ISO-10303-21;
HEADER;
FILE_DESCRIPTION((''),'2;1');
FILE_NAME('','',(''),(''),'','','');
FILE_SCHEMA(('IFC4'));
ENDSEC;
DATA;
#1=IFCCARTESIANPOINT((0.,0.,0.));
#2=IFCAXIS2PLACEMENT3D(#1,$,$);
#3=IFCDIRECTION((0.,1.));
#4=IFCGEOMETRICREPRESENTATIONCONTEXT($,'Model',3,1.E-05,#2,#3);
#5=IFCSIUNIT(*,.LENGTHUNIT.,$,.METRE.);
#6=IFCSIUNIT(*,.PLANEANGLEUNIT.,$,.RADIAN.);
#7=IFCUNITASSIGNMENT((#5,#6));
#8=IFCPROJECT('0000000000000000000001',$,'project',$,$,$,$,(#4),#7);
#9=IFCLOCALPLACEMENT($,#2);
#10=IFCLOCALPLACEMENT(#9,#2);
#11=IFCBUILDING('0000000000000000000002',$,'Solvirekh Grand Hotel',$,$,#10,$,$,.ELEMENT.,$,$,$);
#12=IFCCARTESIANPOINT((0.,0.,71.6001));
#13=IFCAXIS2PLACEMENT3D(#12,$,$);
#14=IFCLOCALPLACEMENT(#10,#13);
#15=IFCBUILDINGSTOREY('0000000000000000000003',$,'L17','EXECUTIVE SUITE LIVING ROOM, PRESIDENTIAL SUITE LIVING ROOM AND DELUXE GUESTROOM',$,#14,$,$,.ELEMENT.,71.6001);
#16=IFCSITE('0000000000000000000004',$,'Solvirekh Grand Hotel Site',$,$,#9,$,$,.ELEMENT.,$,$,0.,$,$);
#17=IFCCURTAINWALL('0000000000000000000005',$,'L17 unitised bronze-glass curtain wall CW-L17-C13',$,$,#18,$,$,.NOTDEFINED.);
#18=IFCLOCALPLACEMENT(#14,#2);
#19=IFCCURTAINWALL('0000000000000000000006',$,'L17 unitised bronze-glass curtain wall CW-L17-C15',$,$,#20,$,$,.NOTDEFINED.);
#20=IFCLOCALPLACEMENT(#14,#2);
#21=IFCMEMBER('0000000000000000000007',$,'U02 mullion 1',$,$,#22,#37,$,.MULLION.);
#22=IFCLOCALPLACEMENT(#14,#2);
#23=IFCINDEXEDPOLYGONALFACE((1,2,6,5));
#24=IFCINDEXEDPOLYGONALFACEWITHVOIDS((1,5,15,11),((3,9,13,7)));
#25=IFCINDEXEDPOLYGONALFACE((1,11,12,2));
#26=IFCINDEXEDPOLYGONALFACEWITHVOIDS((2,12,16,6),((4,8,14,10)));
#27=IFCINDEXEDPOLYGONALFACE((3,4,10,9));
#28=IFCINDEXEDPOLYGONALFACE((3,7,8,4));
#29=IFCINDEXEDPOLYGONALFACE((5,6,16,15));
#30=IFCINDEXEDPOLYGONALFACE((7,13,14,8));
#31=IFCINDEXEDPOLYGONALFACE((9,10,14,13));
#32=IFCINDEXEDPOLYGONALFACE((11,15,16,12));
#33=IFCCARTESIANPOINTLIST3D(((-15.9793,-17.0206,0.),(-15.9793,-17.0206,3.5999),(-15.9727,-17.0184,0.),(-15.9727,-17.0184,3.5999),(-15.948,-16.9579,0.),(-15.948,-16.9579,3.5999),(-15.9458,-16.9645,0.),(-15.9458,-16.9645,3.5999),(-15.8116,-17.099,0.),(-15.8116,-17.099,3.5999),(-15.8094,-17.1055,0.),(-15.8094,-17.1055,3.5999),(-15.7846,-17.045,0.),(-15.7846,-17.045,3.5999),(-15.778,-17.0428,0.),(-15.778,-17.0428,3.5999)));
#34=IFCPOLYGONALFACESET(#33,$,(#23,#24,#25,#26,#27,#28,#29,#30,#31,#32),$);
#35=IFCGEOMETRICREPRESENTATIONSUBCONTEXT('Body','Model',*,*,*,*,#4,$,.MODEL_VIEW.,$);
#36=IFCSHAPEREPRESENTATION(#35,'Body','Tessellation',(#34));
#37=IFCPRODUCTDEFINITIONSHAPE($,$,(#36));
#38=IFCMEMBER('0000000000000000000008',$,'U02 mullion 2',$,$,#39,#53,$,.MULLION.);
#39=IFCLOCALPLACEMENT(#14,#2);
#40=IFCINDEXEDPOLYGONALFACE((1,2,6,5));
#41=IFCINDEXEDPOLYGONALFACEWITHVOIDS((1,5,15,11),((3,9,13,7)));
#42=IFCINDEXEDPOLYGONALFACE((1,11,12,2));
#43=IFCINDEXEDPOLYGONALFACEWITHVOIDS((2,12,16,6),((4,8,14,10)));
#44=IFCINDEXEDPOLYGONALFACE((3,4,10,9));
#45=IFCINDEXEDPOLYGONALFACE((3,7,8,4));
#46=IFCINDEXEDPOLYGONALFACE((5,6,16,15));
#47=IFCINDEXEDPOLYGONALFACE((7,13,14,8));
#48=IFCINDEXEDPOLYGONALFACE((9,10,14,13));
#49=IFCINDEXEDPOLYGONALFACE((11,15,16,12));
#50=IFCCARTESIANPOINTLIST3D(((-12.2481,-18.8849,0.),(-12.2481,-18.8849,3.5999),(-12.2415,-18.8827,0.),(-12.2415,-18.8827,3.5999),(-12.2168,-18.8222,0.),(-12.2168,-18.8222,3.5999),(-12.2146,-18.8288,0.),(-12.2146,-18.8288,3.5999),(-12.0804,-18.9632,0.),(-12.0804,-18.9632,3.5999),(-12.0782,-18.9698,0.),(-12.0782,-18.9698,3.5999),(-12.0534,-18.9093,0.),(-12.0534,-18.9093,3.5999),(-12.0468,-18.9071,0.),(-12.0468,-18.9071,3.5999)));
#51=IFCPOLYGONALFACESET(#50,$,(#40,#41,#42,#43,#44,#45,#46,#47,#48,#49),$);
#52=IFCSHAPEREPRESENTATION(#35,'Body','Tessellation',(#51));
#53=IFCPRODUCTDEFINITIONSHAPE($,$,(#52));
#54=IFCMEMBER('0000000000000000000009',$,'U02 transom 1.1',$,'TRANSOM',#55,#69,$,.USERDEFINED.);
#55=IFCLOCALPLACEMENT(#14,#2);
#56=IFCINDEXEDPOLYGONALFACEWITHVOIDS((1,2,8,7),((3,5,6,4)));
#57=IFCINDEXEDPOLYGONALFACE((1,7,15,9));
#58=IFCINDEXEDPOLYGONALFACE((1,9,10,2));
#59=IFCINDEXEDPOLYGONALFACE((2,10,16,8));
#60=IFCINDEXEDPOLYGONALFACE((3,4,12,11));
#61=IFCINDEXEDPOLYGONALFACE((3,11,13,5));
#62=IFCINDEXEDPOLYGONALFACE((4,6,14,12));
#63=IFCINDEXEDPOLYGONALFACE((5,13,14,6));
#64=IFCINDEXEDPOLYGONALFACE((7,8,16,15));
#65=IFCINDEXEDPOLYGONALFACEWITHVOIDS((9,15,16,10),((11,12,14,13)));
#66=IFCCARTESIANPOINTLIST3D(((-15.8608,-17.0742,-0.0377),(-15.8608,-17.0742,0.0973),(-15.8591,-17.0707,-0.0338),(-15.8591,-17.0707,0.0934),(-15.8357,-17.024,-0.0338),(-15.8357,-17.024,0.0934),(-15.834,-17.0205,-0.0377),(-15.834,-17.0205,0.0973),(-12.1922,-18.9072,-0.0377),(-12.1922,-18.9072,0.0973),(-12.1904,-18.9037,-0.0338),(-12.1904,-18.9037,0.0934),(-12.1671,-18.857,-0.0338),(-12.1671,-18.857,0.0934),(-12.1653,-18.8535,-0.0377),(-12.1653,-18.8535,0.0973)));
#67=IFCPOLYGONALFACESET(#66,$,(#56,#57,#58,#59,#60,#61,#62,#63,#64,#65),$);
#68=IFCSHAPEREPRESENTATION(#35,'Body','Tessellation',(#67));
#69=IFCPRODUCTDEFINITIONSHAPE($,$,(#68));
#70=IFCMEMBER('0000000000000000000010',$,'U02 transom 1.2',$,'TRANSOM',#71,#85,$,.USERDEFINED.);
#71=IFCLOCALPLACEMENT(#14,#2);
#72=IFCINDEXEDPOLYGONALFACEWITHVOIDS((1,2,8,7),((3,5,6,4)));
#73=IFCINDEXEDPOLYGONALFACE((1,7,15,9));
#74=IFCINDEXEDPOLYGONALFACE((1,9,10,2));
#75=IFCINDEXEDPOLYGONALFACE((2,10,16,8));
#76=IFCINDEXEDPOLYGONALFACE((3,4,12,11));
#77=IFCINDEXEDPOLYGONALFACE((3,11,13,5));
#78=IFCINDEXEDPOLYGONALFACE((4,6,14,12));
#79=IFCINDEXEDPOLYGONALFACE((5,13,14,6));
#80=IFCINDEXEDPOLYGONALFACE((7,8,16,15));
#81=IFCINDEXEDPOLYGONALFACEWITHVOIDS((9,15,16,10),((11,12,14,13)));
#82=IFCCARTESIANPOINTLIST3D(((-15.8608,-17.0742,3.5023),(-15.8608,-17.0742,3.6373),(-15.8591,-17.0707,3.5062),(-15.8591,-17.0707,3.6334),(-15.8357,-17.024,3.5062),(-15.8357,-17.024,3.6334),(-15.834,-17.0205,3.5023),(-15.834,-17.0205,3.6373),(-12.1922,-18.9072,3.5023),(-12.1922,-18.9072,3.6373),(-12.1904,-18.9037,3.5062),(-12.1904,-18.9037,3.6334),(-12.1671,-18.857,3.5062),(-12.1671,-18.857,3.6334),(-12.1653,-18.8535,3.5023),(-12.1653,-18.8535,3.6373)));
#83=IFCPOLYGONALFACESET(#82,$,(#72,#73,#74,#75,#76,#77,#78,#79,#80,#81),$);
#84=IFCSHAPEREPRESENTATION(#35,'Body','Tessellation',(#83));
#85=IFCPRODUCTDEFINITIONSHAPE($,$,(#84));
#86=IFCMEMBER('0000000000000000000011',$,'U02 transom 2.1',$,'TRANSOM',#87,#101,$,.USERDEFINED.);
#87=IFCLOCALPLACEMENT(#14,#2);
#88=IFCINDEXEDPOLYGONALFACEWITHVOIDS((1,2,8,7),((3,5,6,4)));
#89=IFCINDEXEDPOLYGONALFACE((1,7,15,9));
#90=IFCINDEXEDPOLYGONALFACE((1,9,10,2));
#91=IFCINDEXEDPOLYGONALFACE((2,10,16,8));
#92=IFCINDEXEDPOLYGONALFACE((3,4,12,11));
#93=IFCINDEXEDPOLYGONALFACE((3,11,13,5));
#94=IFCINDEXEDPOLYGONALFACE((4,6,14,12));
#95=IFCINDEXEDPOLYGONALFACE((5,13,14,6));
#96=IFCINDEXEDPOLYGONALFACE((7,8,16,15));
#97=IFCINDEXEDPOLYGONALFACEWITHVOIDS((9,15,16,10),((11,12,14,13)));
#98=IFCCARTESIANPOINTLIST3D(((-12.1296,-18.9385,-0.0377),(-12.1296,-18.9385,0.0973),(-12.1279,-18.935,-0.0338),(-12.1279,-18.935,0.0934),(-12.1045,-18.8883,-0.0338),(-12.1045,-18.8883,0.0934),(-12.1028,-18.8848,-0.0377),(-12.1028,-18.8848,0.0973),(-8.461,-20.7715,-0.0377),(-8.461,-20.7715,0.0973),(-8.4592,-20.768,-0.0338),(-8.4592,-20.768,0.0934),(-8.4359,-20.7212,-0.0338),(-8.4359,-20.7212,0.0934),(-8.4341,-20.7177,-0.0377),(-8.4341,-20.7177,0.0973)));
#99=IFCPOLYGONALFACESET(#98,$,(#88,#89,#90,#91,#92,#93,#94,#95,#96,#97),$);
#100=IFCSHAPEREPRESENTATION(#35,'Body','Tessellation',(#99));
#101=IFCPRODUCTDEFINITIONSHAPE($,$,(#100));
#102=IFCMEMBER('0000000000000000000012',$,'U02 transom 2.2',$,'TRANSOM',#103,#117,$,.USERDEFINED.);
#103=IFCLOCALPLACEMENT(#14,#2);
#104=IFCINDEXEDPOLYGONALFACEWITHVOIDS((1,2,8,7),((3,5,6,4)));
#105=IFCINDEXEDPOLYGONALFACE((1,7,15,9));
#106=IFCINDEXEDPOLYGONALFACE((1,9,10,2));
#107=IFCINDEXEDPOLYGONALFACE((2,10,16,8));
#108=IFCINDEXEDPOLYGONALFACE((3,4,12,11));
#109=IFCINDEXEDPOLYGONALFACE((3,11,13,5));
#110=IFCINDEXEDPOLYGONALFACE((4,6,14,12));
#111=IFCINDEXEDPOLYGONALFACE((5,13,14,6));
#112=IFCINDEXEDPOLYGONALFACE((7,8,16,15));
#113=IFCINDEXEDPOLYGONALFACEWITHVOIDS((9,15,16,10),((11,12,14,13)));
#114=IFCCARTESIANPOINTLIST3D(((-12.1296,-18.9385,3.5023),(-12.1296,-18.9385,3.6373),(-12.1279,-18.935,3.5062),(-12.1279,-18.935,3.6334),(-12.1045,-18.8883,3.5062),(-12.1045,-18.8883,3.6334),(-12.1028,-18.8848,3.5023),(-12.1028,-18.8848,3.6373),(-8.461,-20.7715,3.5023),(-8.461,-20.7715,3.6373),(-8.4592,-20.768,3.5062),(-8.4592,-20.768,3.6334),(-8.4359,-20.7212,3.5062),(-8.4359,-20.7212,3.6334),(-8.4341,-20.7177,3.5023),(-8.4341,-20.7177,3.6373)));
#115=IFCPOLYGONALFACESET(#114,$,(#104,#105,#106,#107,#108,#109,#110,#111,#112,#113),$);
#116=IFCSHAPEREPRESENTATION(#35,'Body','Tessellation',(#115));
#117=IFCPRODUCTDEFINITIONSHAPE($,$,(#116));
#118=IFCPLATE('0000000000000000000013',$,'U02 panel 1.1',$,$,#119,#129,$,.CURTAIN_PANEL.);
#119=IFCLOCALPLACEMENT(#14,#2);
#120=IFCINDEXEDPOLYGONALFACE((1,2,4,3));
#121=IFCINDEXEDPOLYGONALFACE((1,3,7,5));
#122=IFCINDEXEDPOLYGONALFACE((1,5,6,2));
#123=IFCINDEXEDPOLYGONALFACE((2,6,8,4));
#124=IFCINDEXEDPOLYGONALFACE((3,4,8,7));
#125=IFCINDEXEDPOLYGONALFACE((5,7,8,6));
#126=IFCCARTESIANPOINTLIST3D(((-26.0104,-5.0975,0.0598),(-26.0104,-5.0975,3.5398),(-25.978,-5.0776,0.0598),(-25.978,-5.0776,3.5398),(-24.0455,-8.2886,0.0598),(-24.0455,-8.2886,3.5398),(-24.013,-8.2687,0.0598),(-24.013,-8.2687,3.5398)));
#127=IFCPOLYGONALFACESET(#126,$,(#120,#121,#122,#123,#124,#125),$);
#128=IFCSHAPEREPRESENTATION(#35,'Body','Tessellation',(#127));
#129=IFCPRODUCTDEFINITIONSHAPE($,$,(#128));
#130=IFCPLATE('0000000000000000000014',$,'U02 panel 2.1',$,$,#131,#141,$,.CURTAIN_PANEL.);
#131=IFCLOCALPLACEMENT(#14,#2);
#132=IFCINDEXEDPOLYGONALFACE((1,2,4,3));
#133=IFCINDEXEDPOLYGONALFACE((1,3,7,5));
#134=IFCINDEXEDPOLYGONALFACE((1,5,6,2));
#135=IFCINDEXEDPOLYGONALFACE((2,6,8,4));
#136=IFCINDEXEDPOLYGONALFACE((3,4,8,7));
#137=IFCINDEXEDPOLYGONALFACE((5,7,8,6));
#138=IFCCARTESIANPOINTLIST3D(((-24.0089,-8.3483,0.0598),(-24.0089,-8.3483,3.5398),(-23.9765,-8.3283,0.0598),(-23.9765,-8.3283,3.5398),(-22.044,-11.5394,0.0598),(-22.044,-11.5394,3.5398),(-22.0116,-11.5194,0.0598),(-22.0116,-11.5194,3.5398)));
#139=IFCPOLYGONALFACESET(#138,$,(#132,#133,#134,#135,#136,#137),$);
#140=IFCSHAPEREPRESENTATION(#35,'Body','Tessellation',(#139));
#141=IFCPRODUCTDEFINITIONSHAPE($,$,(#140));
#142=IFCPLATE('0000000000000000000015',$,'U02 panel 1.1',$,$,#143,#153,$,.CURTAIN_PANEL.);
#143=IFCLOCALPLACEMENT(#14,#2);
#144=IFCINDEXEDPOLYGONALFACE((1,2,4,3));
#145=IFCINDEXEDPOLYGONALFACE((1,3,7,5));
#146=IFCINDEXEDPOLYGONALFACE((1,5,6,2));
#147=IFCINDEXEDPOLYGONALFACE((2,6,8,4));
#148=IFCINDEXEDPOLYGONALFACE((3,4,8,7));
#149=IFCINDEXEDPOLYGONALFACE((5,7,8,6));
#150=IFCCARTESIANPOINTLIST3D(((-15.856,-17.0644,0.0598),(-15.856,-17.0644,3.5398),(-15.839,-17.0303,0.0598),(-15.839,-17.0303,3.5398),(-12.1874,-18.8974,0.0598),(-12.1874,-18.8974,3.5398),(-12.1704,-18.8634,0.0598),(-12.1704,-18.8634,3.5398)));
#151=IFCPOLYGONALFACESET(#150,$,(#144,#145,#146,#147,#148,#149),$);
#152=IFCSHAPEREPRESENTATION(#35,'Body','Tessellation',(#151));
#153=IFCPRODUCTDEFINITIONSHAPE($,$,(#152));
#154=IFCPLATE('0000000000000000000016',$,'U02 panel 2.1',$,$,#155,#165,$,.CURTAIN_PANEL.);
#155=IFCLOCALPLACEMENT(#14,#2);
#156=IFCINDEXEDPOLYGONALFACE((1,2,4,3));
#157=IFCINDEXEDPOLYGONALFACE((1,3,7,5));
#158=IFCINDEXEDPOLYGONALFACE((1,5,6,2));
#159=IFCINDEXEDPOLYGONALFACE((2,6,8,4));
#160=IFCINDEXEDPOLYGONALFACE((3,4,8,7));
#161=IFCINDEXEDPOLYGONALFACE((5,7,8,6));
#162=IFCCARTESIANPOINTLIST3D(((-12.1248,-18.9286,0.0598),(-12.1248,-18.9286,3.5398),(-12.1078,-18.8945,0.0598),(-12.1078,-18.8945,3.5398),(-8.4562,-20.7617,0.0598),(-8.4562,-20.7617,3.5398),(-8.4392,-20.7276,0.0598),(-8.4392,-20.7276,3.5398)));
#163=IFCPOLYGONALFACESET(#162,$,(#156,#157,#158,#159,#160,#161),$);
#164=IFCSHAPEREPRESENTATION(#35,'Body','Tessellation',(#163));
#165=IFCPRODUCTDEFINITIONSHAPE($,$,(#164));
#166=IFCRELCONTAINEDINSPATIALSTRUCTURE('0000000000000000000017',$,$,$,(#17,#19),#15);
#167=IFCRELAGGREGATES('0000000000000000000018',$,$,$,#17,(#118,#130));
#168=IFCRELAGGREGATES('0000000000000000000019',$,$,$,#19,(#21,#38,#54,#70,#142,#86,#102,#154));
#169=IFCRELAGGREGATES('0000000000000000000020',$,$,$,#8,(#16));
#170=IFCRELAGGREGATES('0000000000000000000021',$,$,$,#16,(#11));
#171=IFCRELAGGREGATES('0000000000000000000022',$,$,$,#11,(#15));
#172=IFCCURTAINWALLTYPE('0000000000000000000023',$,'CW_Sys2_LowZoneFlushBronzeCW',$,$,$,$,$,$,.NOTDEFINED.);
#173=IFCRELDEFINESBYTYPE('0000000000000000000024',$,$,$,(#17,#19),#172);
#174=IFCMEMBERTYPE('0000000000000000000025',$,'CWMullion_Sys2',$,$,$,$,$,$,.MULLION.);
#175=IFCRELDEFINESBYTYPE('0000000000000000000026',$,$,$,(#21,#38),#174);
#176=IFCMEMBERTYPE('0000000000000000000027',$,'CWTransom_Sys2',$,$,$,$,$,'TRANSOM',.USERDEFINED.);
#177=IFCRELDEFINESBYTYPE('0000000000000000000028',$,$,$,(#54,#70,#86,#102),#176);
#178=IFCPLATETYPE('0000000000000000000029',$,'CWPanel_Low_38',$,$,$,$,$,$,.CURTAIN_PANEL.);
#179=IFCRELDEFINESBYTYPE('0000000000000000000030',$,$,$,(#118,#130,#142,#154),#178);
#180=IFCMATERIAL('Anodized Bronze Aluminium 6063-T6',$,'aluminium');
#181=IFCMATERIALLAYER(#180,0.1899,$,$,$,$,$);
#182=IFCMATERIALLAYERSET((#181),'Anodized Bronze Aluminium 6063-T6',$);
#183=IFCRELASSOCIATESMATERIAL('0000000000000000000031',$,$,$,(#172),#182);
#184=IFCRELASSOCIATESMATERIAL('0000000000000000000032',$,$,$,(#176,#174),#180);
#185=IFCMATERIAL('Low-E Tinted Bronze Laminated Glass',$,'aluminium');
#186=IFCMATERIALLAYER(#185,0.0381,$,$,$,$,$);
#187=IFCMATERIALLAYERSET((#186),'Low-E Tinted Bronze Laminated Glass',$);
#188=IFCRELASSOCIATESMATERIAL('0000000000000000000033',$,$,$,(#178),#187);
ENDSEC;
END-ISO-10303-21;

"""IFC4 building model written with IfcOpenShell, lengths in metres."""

from ifc_helpers import new_model, si_unit, direction, frame, origin, origin_2d, place, context, subcontext, project, spatial, rectangle, hollow_rectangle, extrude, source, transform, mapped, material, layer, layer_set, material_profile, profile_set, type_object, element, aggregate, save


model = new_model("IFC4")

# Units and contexts
model_context = context("Model", 3, precision=1e-05, world=origin(), true_north=direction((0.0, 1.0)))
body_context = subcontext(model_context, "Body", "Model", "MODEL_VIEW")
ifc_project = project(units=[si_unit("LENGTHUNIT", "METRE"), si_unit("PLANEANGLEUNIT", "RADIAN")], contexts=[model_context])

# Site, building, storey
site_placement = place(None, origin())
site = spatial("IfcSite", under=ifc_project, at=site_placement, Name="Solvirekh Grand Hotel Site", CompositionType="ELEMENT", RefElevation=0.0)
building_placement = place(site_placement, origin())
building = spatial("IfcBuilding", under=site, at=building_placement, Name="Solvirekh Grand Hotel", CompositionType="ELEMENT")
storey_placement = place(building_placement, frame((0.0, 0.0, 71.6001)))
storey = spatial("IfcBuildingStorey", under=building, at=storey_placement, Name="L17", Description="EXECUTIVE SUITE LIVING ROOM, PRESIDENTIAL SUITE LIVING ROOM AND DELUXE GUESTROOM", CompositionType="ELEMENT", Elevation=71.6001)

# Curtain walls, members
ifc_material_1 = material(Name="Anodized Bronze Aluminium 6063-T6", Category="aluminium")
ifc_layer_1 = layer(ifc_material_1, 0.1899)
ifc_layer_set_1 = layer_set([ifc_layer_1], Name="Anodized Bronze Aluminium 6063-T6")
curtain_wall_type = type_object("IfcCurtainWallType", Name="CW_Sys2_LowZoneFlushBronzeCW", PredefinedType="NOTDEFINED", material=ifc_layer_set_1)
curtain_wall_1_placement = place(storey_placement, origin())
curtain_wall_1 = element("IfcCurtainWall", 1, at=curtain_wall_1_placement, inside=storey, type_object=curtain_wall_type, Name="L17 unitised bronze-glass curtain wall CW-L17-C13", PredefinedType="NOTDEFINED")
ifc_material_profile_1 = material_profile(ifc_material_1, hollow_rectangle(XDim=0.0601, YDim=0.135, WallThickness=0.0039, at=origin_2d()), Name="ALU RHS 135X60X4")
ifc_profile_set_1 = profile_set([ifc_material_profile_1], Name="Anodized Bronze Aluminium 6063-T6")
member_type_1 = type_object("IfcMemberType", Name="CWTransom_Sys2", ElementType="TRANSOM", PredefinedType="USERDEFINED", material=ifc_profile_set_1)
ifc_material_profile_2 = material_profile(ifc_material_1, hollow_rectangle(XDim=0.0701, YDim=0.1899, WallThickness=0.0049, at=origin_2d()), Name="ALU RHS 190X70X5")
ifc_profile_set_2 = profile_set([ifc_material_profile_2], Name="Anodized Bronze Aluminium 6063-T6")
member_type_2 = type_object("IfcMemberType", Name="CWMullion_Sys2", PredefinedType="MULLION", material=ifc_profile_set_2)
shared_shape_1 = source(origin(), body_context, "Body", "SweptSolid", [
    extrude(hollow_rectangle(XDim=0.0701, YDim=0.1899, WallThickness=0.0049, at=origin_2d()), origin(), (0.0, 0.0, 1.0), 3.5999),
])
curtain_wall_2_placement = place(storey_placement, origin())
curtain_wall_2 = element("IfcCurtainWall", 2, at=curtain_wall_2_placement, inside=storey, type_object=curtain_wall_type, Name="L17 unitised bronze-glass curtain wall CW-L17-C15", PredefinedType="NOTDEFINED")
member_1_placement = place(storey_placement, frame((-15.8787, -17.0317, 0.0), z_axis=(0.0, 0.0, 1.0), x_axis=(0.446976, 0.894546, 0.0)))
member_1 = element("IfcMember", 3, at=member_1_placement, type_object=member_type_2, Name="U02 mullion 1", PredefinedType="MULLION", context=body_context, shape_type="MappedRepresentation", body=[
    mapped(shared_shape_1, transform((0.0, 0.0, 0.0), x_axis=(1.0, 0.0, 0.0), y_axis=(0.0, 1.0, 0.0), z_axis=(0.0, 0.0, 1.0), scale=1.0)),
])
member_2_placement = place(storey_placement, frame((-12.1475, -18.896, 0.0), z_axis=(0.0, 0.0, 1.0), x_axis=(0.446976, 0.894546, 0.0)))
member_2 = element("IfcMember", 4, at=member_2_placement, type_object=member_type_2, Name="U02 mullion 2", PredefinedType="MULLION", context=body_context, shape_type="MappedRepresentation", body=[
    mapped(shared_shape_1, transform((0.0, 0.0, 0.0), x_axis=(1.0, 0.0, 0.0), y_axis=(0.0, 1.0, 0.0), z_axis=(0.0, 0.0, 1.0), scale=1.0)),
])
shared_shape_2 = source(origin(), body_context, "Body", "SweptSolid", [
    extrude(hollow_rectangle(XDim=0.0601, YDim=0.135, WallThickness=0.0039, at=origin_2d()), origin(), (0.0, 0.0, 1.0), 4.1011),
])
member_3_placement = place(storey_placement, frame((-15.8474, -17.0474, 0.0298), z_axis=(0.894558, -0.446952, 0.0), x_axis=(0.446952, 0.894558, 0.0)))
member_3 = element("IfcMember", 5, at=member_3_placement, type_object=member_type_1, Name="U02 transom 1.1", ObjectType="TRANSOM", PredefinedType="USERDEFINED", context=body_context, shape_type="MappedRepresentation", body=[
    mapped(shared_shape_2, transform((0.0, 0.0, 0.0), x_axis=(1.0, 0.0, 0.0), y_axis=(0.0, 1.0, 0.0), z_axis=(0.0, 0.0, 1.0), scale=1.0)),
])
member_4_placement = place(storey_placement, frame((-15.8474, -17.0474, 3.5698), z_axis=(0.894558, -0.446952, 0.0), x_axis=(0.446952, 0.894558, 0.0)))
member_4 = element("IfcMember", 6, at=member_4_placement, type_object=member_type_1, Name="U02 transom 1.2", ObjectType="TRANSOM", PredefinedType="USERDEFINED", context=body_context, shape_type="MappedRepresentation", body=[
    mapped(shared_shape_2, transform((0.0, 0.0, 0.0), x_axis=(1.0, 0.0, 0.0), y_axis=(0.0, 1.0, 0.0), z_axis=(0.0, 0.0, 1.0), scale=1.0)),
])
member_5_placement = place(storey_placement, frame((-12.1162, -18.9116, 0.0298), z_axis=(0.894558, -0.446952, 0.0), x_axis=(0.446952, 0.894558, 0.0)))
member_5 = element("IfcMember", 7, at=member_5_placement, type_object=member_type_1, Name="U02 transom 2.1", ObjectType="TRANSOM", PredefinedType="USERDEFINED", context=body_context, shape_type="MappedRepresentation", body=[
    mapped(shared_shape_2, transform((0.0, 0.0, 0.0), x_axis=(1.0, 0.0, 0.0), y_axis=(0.0, 1.0, 0.0), z_axis=(0.0, 0.0, 1.0), scale=1.0)),
])
member_6_placement = place(storey_placement, frame((-12.1162, -18.9116, 3.5698), z_axis=(0.894558, -0.446952, 0.0), x_axis=(0.446952, 0.894558, 0.0)))
member_6 = element("IfcMember", 8, at=member_6_placement, type_object=member_type_1, Name="U02 transom 2.2", ObjectType="TRANSOM", PredefinedType="USERDEFINED", context=body_context, shape_type="MappedRepresentation", body=[
    mapped(shared_shape_2, transform((0.0, 0.0, 0.0), x_axis=(1.0, 0.0, 0.0), y_axis=(0.0, 1.0, 0.0), z_axis=(0.0, 0.0, 1.0), scale=1.0)),
])

# Plates
ifc_material_2 = material(Name="Low-E Tinted Bronze Laminated Glass", Category="aluminium")
ifc_layer_2 = layer(ifc_material_2, 0.0381)
ifc_layer_set_2 = layer_set([ifc_layer_2], Name="Low-E Tinted Bronze Laminated Glass")
plate_type = type_object("IfcPlateType", Name="CWPanel_Low_38", PredefinedType="CURTAIN_PANEL", material=ifc_layer_set_2)
shared_shape_3 = source(origin(), body_context, "Body", "SweptSolid", [
    extrude(rectangle(XDim=3.7476, YDim=0.0381, at=origin_2d()), origin(), (0.0, 0.0, 1.0), 3.48),
])
plate_1_placement = place(storey_placement, frame((-25.0117, -6.6831, 0.0598), z_axis=(0.0, 0.0, 1.0), x_axis=(0.524329, -0.851516, 0.0)))
plate_1 = element("IfcPlate", 9, at=plate_1_placement, type_object=plate_type, Name="U02 panel 1.1", PredefinedType="CURTAIN_PANEL", context=body_context, shape_type="MappedRepresentation", body=[
    mapped(shared_shape_3, transform((0.0, 0.0, 0.0), x_axis=(1.0, 0.0, 0.0), y_axis=(0.0, 1.0, 0.0), z_axis=(0.0, 0.0, 1.0), scale=1.0)),
])
plate_2_placement = place(storey_placement, frame((-23.0103, -9.9338, 0.0598), z_axis=(0.0, 0.0, 1.0), x_axis=(0.524329, -0.851516, 0.0)))
plate_2 = element("IfcPlate", 10, at=plate_2_placement, type_object=plate_type, Name="U02 panel 2.1", PredefinedType="CURTAIN_PANEL", context=body_context, shape_type="MappedRepresentation", body=[
    mapped(shared_shape_3, transform((0.0, 0.0, 0.0), x_axis=(1.0, 0.0, 0.0), y_axis=(0.0, 1.0, 0.0), z_axis=(0.0, 0.0, 1.0), scale=1.0)),
])
aggregate(curtain_wall_1, [plate_1, plate_2])
shared_shape_4 = source(origin(), body_context, "Body", "SweptSolid", [
    extrude(rectangle(XDim=4.1011, YDim=0.0381, at=origin_2d()), origin(), (0.0, 0.0, 1.0), 3.48),
])
plate_3_placement = place(storey_placement, frame((-14.0132, -17.9639, 0.0598), z_axis=(0.0, 0.0, 1.0), x_axis=(0.894546, -0.446976, 0.0)))
plate_3 = element("IfcPlate", 11, at=plate_3_placement, type_object=plate_type, Name="U02 panel 1.1", PredefinedType="CURTAIN_PANEL", context=body_context, shape_type="MappedRepresentation", body=[
    mapped(shared_shape_4, transform((0.0, 0.0, 0.0), x_axis=(1.0, 0.0, 0.0), y_axis=(0.0, 1.0, 0.0), z_axis=(0.0, 0.0, 1.0), scale=1.0)),
])
plate_4_placement = place(storey_placement, frame((-10.282, -19.8281, 0.0598), z_axis=(0.0, 0.0, 1.0), x_axis=(0.894546, -0.446976, 0.0)))
plate_4 = element("IfcPlate", 12, at=plate_4_placement, type_object=plate_type, Name="U02 panel 2.1", PredefinedType="CURTAIN_PANEL", context=body_context, shape_type="MappedRepresentation", body=[
    mapped(shared_shape_4, transform((0.0, 0.0, 0.0), x_axis=(1.0, 0.0, 0.0), y_axis=(0.0, 1.0, 0.0), z_axis=(0.0, 0.0, 1.0), scale=1.0)),
])
aggregate(curtain_wall_2, [member_1, member_2, member_3, member_4, plate_3, member_5, member_6, plate_4])

save(model, "model.ifc")
